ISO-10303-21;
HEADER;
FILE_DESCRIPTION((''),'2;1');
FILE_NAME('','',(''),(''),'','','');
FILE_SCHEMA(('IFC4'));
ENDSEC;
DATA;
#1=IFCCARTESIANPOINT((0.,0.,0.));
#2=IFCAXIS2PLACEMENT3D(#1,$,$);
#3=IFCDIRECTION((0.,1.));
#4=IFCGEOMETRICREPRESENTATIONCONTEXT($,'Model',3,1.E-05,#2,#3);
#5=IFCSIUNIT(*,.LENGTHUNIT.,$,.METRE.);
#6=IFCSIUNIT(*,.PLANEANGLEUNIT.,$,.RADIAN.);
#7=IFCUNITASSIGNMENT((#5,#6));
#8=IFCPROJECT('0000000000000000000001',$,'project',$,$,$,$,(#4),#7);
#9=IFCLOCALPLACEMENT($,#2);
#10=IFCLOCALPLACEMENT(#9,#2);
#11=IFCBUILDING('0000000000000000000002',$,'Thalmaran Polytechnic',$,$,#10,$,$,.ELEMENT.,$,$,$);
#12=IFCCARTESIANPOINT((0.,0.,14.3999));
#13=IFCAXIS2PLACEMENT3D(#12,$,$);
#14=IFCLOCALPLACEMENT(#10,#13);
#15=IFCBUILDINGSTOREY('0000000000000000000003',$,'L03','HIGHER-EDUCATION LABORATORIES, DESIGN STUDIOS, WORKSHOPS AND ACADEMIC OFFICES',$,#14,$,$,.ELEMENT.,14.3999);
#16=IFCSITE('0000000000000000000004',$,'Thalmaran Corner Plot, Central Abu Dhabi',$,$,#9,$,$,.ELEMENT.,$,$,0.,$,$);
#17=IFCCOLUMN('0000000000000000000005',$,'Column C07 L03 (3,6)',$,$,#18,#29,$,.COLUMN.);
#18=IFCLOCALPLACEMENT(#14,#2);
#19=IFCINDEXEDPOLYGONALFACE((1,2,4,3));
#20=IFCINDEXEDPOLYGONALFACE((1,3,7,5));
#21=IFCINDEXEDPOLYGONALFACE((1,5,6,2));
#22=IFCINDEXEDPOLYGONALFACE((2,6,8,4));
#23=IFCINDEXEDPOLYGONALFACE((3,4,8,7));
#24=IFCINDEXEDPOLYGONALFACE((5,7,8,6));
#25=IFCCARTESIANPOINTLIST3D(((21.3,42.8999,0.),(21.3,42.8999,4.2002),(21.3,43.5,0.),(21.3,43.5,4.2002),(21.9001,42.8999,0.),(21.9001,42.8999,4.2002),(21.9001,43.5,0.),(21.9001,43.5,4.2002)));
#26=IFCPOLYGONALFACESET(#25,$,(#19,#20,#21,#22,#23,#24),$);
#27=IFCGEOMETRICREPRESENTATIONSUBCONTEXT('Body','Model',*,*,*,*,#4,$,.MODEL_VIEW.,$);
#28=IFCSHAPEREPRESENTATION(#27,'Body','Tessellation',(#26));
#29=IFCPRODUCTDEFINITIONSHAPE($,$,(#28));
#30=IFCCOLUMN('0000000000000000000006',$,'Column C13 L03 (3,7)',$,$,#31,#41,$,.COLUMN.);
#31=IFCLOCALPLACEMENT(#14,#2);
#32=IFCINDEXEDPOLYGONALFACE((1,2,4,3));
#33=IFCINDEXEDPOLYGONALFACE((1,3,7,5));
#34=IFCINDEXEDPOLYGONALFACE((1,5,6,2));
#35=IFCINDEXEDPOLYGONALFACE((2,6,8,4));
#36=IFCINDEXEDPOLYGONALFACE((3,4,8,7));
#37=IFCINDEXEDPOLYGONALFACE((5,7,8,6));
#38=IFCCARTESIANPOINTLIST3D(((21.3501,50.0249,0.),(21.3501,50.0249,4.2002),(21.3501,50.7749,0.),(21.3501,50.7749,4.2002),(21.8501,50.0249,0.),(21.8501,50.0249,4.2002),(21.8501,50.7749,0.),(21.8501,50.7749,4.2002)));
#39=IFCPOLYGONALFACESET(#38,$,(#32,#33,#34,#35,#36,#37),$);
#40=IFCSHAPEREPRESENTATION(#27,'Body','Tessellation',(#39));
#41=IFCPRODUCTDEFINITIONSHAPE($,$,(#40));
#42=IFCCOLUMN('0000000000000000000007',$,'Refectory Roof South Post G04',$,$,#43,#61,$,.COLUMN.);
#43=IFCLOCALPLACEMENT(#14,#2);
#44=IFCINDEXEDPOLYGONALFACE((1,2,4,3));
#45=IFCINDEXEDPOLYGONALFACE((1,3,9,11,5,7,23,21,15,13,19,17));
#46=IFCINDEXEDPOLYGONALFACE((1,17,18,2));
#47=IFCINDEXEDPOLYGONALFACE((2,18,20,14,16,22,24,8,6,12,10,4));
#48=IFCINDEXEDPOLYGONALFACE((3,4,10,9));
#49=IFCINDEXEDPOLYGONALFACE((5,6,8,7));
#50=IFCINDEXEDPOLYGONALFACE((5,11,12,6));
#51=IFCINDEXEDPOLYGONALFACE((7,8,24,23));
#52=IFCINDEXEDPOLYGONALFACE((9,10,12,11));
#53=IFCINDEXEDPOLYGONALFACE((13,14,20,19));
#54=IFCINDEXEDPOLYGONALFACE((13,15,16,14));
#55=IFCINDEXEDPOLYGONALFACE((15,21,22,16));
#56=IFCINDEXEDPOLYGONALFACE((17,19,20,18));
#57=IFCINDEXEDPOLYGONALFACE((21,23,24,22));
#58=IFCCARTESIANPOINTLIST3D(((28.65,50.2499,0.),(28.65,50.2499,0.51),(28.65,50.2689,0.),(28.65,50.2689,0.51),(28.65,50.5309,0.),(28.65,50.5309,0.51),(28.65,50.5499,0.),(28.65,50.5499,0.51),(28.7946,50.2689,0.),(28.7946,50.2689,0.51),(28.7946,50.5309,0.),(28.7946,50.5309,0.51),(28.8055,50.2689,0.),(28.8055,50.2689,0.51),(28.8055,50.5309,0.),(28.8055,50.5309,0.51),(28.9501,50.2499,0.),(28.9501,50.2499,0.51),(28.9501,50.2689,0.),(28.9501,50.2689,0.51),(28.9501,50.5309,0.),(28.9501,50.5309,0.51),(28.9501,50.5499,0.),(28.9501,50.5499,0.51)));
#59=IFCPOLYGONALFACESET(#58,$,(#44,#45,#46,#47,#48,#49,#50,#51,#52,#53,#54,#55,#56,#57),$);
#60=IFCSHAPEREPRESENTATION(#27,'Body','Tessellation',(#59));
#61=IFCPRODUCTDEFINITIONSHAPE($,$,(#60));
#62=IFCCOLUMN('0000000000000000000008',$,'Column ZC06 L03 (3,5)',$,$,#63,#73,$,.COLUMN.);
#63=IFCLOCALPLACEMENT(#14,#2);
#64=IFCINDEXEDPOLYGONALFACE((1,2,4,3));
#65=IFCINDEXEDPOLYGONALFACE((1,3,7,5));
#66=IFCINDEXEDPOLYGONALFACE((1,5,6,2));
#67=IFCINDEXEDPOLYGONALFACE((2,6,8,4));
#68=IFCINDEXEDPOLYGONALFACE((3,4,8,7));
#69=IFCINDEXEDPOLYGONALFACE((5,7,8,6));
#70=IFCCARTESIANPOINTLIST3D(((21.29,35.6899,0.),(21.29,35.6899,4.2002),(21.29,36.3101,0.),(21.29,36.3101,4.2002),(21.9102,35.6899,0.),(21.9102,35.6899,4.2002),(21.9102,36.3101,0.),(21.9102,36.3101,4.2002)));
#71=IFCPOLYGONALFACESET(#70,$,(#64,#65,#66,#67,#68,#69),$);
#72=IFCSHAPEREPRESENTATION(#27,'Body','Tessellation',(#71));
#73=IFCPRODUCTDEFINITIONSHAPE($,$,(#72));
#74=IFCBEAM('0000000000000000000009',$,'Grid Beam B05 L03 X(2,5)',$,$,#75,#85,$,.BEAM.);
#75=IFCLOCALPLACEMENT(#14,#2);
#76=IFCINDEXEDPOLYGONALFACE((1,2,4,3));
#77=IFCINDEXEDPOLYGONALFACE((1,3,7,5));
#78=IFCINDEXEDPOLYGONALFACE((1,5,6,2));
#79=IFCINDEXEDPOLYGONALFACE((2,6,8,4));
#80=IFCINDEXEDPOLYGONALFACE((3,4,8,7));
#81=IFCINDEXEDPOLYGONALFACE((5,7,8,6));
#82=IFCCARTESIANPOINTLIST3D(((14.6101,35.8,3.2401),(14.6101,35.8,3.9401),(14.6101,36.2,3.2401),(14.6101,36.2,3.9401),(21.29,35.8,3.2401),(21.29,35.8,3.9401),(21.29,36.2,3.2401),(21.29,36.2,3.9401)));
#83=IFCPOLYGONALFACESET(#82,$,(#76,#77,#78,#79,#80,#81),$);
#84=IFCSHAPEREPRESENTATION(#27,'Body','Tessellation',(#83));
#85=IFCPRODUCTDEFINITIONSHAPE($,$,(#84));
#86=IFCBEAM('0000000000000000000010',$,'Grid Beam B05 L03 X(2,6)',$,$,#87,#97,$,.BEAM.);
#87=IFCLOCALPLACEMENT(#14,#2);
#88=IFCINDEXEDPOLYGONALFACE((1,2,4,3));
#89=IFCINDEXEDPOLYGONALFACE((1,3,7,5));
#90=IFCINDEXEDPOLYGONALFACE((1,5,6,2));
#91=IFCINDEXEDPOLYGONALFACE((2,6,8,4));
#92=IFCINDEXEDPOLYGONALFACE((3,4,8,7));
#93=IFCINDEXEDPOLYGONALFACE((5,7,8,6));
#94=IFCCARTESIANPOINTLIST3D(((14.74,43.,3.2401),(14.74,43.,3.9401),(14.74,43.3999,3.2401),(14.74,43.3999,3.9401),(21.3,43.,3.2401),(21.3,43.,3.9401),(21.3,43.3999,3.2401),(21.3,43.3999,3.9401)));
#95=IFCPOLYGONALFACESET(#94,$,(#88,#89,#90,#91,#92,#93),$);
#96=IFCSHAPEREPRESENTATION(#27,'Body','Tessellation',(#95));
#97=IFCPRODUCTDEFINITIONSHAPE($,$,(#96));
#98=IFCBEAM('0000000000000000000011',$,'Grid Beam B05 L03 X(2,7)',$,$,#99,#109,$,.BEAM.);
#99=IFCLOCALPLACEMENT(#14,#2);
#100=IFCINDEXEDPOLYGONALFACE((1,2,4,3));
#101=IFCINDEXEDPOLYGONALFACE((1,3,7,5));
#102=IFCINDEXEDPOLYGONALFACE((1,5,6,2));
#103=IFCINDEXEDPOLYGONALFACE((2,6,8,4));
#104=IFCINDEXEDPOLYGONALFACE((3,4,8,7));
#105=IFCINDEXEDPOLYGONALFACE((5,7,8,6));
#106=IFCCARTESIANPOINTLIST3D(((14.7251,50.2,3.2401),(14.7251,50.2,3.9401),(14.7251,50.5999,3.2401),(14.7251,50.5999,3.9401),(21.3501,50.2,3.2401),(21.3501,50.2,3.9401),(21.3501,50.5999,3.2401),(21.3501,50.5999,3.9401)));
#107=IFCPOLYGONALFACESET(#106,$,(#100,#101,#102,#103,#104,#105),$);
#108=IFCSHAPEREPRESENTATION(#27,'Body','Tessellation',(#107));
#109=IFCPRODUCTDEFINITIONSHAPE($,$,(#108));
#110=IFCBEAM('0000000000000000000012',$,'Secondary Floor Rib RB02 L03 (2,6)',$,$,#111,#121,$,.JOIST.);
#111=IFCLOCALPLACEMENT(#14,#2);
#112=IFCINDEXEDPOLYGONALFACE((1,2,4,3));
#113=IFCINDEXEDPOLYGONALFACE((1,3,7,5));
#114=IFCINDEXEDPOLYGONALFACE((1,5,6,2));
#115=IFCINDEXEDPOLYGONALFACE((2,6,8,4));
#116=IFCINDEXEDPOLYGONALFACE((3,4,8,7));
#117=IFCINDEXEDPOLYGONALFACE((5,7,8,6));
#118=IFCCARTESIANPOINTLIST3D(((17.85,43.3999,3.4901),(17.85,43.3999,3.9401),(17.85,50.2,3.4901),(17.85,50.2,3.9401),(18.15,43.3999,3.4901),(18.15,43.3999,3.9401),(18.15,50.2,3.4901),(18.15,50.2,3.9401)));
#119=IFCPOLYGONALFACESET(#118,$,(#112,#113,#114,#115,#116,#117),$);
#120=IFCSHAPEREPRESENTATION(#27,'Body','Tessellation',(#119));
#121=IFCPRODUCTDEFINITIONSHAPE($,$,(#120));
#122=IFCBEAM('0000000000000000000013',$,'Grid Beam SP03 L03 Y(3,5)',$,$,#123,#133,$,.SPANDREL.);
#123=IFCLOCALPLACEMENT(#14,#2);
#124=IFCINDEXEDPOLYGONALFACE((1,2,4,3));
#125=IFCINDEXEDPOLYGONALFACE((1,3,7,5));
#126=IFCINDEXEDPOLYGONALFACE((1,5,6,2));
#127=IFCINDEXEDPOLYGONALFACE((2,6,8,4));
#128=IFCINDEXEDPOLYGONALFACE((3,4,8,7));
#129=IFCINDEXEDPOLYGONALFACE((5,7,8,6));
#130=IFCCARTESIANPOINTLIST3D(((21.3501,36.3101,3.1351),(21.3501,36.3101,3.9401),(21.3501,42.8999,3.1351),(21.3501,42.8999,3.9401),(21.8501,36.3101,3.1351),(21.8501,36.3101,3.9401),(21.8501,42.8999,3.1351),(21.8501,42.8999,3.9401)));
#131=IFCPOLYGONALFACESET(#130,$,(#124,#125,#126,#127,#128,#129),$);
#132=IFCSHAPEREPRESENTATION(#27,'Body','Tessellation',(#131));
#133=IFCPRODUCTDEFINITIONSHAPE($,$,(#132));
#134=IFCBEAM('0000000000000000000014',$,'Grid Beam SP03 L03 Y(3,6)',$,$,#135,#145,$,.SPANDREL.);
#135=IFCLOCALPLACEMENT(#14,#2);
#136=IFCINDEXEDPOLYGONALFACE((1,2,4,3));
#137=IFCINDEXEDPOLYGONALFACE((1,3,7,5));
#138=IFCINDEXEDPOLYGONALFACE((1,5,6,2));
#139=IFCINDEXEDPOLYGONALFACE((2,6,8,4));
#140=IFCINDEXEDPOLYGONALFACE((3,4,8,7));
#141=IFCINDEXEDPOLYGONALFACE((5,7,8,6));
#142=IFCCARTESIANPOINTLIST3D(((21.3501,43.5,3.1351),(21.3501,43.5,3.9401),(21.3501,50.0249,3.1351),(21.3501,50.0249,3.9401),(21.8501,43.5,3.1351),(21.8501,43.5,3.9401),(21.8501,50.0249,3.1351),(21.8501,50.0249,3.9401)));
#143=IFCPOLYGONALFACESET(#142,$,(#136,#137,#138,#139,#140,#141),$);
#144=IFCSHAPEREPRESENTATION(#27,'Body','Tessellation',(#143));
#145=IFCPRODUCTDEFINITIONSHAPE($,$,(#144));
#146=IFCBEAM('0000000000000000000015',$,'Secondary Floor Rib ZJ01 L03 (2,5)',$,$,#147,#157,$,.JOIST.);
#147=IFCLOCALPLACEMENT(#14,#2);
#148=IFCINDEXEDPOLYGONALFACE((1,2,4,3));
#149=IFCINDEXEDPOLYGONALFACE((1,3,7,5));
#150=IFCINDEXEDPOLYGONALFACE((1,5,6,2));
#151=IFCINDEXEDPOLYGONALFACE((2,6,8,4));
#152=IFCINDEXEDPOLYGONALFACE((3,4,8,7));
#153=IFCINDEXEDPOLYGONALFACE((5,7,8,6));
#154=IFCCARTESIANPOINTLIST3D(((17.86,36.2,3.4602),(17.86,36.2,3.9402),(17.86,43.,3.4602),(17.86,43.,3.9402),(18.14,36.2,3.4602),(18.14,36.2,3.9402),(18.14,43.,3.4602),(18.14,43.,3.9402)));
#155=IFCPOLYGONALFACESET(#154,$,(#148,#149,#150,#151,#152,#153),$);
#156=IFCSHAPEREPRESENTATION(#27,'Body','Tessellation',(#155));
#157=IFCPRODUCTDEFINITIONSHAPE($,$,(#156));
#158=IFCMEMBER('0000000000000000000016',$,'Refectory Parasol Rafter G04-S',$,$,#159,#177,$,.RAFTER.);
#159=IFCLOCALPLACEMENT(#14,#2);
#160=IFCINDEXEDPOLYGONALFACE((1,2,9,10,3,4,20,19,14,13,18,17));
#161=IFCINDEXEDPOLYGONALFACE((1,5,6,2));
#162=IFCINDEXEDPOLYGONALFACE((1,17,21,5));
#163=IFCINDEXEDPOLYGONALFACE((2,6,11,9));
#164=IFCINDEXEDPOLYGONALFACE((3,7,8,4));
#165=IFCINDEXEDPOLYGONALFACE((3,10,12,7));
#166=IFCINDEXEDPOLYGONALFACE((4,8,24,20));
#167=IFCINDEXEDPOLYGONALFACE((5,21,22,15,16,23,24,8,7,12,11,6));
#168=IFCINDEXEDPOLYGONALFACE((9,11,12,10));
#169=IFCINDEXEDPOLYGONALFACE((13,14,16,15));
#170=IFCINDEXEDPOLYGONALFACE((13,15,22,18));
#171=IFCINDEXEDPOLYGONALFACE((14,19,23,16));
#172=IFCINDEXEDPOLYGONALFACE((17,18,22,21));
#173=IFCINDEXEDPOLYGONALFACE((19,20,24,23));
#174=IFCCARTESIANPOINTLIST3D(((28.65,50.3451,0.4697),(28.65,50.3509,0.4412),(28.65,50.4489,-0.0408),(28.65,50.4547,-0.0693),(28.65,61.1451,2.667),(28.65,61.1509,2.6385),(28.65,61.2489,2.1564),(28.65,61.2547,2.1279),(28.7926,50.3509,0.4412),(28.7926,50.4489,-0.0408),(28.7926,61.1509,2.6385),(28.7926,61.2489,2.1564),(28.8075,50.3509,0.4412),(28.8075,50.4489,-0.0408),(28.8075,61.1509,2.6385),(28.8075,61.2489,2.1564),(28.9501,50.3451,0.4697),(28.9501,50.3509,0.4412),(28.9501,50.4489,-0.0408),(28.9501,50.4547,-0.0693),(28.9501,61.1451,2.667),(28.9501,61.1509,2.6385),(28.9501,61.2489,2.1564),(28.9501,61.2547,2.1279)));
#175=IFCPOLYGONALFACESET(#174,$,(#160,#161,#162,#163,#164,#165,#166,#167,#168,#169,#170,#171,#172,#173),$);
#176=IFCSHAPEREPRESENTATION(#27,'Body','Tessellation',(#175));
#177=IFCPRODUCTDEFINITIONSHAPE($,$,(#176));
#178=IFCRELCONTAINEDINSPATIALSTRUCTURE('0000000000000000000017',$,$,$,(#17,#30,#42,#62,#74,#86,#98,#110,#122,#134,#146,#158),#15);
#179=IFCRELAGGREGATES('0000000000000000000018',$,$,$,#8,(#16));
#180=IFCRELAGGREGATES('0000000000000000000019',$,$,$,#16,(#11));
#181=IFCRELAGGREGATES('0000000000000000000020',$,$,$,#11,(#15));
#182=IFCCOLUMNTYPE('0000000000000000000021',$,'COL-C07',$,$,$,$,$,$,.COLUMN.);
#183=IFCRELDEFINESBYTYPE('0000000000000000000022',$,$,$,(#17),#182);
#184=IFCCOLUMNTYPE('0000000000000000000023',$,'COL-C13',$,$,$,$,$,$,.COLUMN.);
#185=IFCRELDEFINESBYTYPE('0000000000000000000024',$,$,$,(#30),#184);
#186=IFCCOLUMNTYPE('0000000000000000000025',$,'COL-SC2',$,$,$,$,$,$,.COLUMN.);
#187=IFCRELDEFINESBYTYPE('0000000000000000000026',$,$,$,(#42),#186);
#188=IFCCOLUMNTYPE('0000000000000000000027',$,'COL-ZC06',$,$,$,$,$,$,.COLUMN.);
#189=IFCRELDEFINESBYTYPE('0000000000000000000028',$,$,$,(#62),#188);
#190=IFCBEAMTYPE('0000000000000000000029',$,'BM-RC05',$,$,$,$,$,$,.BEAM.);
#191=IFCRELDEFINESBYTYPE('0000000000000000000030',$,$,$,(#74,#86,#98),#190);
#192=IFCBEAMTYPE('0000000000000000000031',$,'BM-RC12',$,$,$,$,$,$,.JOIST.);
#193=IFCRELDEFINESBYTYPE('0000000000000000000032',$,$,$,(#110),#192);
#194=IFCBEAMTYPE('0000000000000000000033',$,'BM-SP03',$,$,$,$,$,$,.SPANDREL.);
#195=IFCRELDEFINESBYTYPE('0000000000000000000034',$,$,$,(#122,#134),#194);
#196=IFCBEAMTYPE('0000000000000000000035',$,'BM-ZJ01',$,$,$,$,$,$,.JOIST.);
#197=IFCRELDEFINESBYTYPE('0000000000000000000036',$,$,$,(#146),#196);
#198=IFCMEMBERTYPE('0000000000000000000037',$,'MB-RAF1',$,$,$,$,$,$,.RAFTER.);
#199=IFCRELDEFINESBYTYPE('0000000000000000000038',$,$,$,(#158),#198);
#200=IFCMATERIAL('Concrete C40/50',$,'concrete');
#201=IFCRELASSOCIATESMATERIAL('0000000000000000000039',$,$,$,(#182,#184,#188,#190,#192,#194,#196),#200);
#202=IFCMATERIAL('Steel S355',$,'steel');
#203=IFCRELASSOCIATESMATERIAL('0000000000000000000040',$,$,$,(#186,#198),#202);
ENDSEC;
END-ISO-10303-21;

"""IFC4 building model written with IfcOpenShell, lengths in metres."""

from ifc_helpers import new_model, si_unit, direction, frame, origin, origin_2d, place, context, subcontext, project, spatial, rectangle, i_section, extrude, material, material_profile, profile_set, type_object, element, save


model = new_model("IFC4")

# Units and contexts
model_context = context("Model", 3, precision=1e-05, world=origin(), true_north=direction((0.0, 1.0)))
body_context = subcontext(model_context, "Body", "Model", "MODEL_VIEW")
ifc_project = project(units=[si_unit("LENGTHUNIT", "METRE"), si_unit("PLANEANGLEUNIT", "RADIAN")], contexts=[model_context])

# Site, building, storey
site_placement = place(None, origin())
site = spatial("IfcSite", under=ifc_project, at=site_placement, Name="Thalmaran Corner Plot, Central Abu Dhabi", CompositionType="ELEMENT", RefElevation=0.0)
building_placement = place(site_placement, origin())
building = spatial("IfcBuilding", under=site, at=building_placement, Name="Thalmaran Polytechnic", CompositionType="ELEMENT")
storey_placement = place(building_placement, frame((0.0, 0.0, 14.3999)))
storey = spatial("IfcBuildingStorey", under=building, at=storey_placement, Name="L03", Description="HIGHER-EDUCATION LABORATORIES, DESIGN STUDIOS, WORKSHOPS AND ACADEMIC OFFICES", CompositionType="ELEMENT", Elevation=14.3999)

# Columns
ifc_material_1 = material(Name="Concrete C40/50", Category="concrete")
ifc_material_profile_1 = material_profile(ifc_material_1, rectangle(XDim=0.6001, YDim=0.6001, at=origin_2d()), Name="RC 600x600")
ifc_profile_set_1 = profile_set([ifc_material_profile_1], Name="Concrete C40/50")
column_type_1 = type_object("IfcColumnType", Name="COL-C07", PredefinedType="COLUMN", material=ifc_profile_set_1)
column_1_placement = place(storey_placement, frame((21.6001, 43.2, 0.0), z_axis=(0.0, 0.0, 1.0), x_axis=(1.0, 0.0, 0.0)))
element("IfcColumn", 1, at=column_1_placement, inside=storey, type_object=column_type_1, Name="Column C07 L03 (3,6)", PredefinedType="COLUMN", context=body_context, shape_type="SweptSolid", body=[
    extrude(rectangle(XDim=0.6001, YDim=0.6001, at=origin_2d()), origin(), (0.0, 0.0, 1.0), 4.2002),
])
ifc_material_profile_2 = material_profile(ifc_material_1, rectangle(XDim=0.5, YDim=0.75, at=origin_2d()), Name="RC 500x750")
ifc_profile_set_2 = profile_set([ifc_material_profile_2], Name="Concrete C40/50")
column_type_2 = type_object("IfcColumnType", Name="COL-C13", PredefinedType="COLUMN", material=ifc_profile_set_2)
column_2_placement = place(storey_placement, frame((21.6001, 50.3999, 0.0), z_axis=(0.0, 0.0, 1.0), x_axis=(1.0, 0.0, 0.0)))
element("IfcColumn", 2, at=column_2_placement, inside=storey, type_object=column_type_2, Name="Column C13 L03 (3,7)", PredefinedType="COLUMN", context=body_context, shape_type="SweptSolid", body=[
    extrude(rectangle(XDim=0.5, YDim=0.75, at=origin_2d()), origin(), (0.0, 0.0, 1.0), 4.2002),
])
ifc_material_2 = material(Name="Steel S355", Category="steel")
ifc_material_profile_3 = material_profile(ifc_material_2, i_section(OverallWidth=0.3, OverallDepth=0.3, WebThickness=0.011, FlangeThickness=0.019, at=origin_2d()), Name="HEB 300")
ifc_profile_set_3 = profile_set([ifc_material_profile_3], Name="Steel S355")
column_type_3 = type_object("IfcColumnType", Name="COL-SC2", PredefinedType="COLUMN", material=ifc_profile_set_3)
column_3_placement = place(storey_placement, frame((28.8, 50.3999, 0.0), z_axis=(0.0, 0.0, 1.0), x_axis=(1.0, 0.0, 0.0)))
element("IfcColumn", 3, at=column_3_placement, inside=storey, type_object=column_type_3, Name="Refectory Roof South Post G04", PredefinedType="COLUMN", context=body_context, shape_type="SweptSolid", body=[
    extrude(i_section(OverallWidth=0.3, OverallDepth=0.3, WebThickness=0.011, FlangeThickness=0.019, at=origin_2d()), origin(), (0.0, 0.0, 1.0), 0.51),
])
ifc_material_profile_4 = material_profile(ifc_material_1, rectangle(XDim=0.6201, YDim=0.6201, at=origin_2d()), Name="RC 620x620")
ifc_profile_set_4 = profile_set([ifc_material_profile_4], Name="Concrete C40/50")
column_type_4 = type_object("IfcColumnType", Name="COL-ZC06", PredefinedType="COLUMN", material=ifc_profile_set_4)
column_4_placement = place(storey_placement, frame((21.6001, 36.0, 0.0), z_axis=(0.0, 0.0, 1.0), x_axis=(1.0, 0.0, 0.0)))
element("IfcColumn", 4, at=column_4_placement, inside=storey, type_object=column_type_4, Name="Column ZC06 L03 (3,5)", PredefinedType="COLUMN", context=body_context, shape_type="SweptSolid", body=[
    extrude(rectangle(XDim=0.6201, YDim=0.6201, at=origin_2d()), origin(), (0.0, 0.0, 1.0), 4.2002),
])

# Beams
ifc_material_profile_5 = material_profile(ifc_material_1, rectangle(XDim=0.3999, YDim=0.7, at=origin_2d()), Name="RC 400x700")
ifc_profile_set_5 = profile_set([ifc_material_profile_5], Name="Concrete C40/50")
beam_type_1 = type_object("IfcBeamType", Name="BM-RC05", PredefinedType="BEAM", material=ifc_profile_set_5)
beam_1_placement = place(storey_placement, frame((14.6101, 36.0, 3.5901), z_axis=(1.0, 0.0, 0.0), x_axis=(0.0, 1.0, 0.0)))
element("IfcBeam", 5, at=beam_1_placement, inside=storey, type_object=beam_type_1, Name="Grid Beam B05 L03 X(2,5)", PredefinedType="BEAM", context=body_context, shape_type="SweptSolid", body=[
    extrude(rectangle(XDim=0.3999, YDim=0.7, at=origin_2d()), origin(), (0.0, 0.0, 1.0), 6.6799),
])
beam_2_placement = place(storey_placement, frame((14.74, 43.2, 3.5901), z_axis=(1.0, 0.0, 0.0), x_axis=(0.0, 1.0, 0.0)))
element("IfcBeam", 6, at=beam_2_placement, inside=storey, type_object=beam_type_1, Name="Grid Beam B05 L03 X(2,6)", PredefinedType="BEAM", context=body_context, shape_type="SweptSolid", body=[
    extrude(rectangle(XDim=0.3999, YDim=0.7, at=origin_2d()), origin(), (0.0, 0.0, 1.0), 6.5601),
])
beam_3_placement = place(storey_placement, frame((14.7251, 50.3999, 3.5901), z_axis=(1.0, 0.0, 0.0), x_axis=(0.0, 1.0, 0.0)))
element("IfcBeam", 7, at=beam_3_placement, inside=storey, type_object=beam_type_1, Name="Grid Beam B05 L03 X(2,7)", PredefinedType="BEAM", context=body_context, shape_type="SweptSolid", body=[
    extrude(rectangle(XDim=0.3999, YDim=0.7, at=origin_2d()), origin(), (0.0, 0.0, 1.0), 6.625),
])
ifc_material_profile_6 = material_profile(ifc_material_1, rectangle(XDim=0.3, YDim=0.45, at=origin_2d()), Name="RC 300x450")
ifc_profile_set_6 = profile_set([ifc_material_profile_6], Name="Concrete C40/50")
beam_type_2 = type_object("IfcBeamType", Name="BM-RC12", PredefinedType="JOIST", material=ifc_profile_set_6)
beam_4_placement = place(storey_placement, frame((18.0, 43.3999, 3.7151), z_axis=(0.0, 1.0, 0.0), x_axis=(-1.0, 0.0, 0.0)))
element("IfcBeam", 8, at=beam_4_placement, inside=storey, type_object=beam_type_2, Name="Secondary Floor Rib RB02 L03 (2,6)", PredefinedType="JOIST", context=body_context, shape_type="SweptSolid", body=[
    extrude(rectangle(XDim=0.3, YDim=0.45, at=origin_2d()), origin(), (0.0, 0.0, 1.0), 6.8),
])
ifc_material_profile_7 = material_profile(ifc_material_1, rectangle(XDim=0.5, YDim=0.8049, at=origin_2d()), Name="RC 500x805")
ifc_profile_set_7 = profile_set([ifc_material_profile_7], Name="Concrete C40/50")
beam_type_3 = type_object("IfcBeamType", Name="BM-SP03", PredefinedType="SPANDREL", material=ifc_profile_set_7)
beam_5_placement = place(storey_placement, frame((21.6001, 36.3101, 3.5376), z_axis=(0.0, 1.0, 0.0), x_axis=(-1.0, 0.0, 0.0)))
element("IfcBeam", 9, at=beam_5_placement, inside=storey, type_object=beam_type_3, Name="Grid Beam SP03 L03 Y(3,5)", PredefinedType="SPANDREL", context=body_context, shape_type="SweptSolid", body=[
    extrude(rectangle(XDim=0.5, YDim=0.8049, at=origin_2d()), origin(), (0.0, 0.0, 1.0), 6.5898),
])
beam_6_placement = place(storey_placement, frame((21.6001, 43.5, 3.5376), z_axis=(0.0, 1.0, 0.0), x_axis=(-1.0, 0.0, 0.0)))
element("IfcBeam", 10, at=beam_6_placement, inside=storey, type_object=beam_type_3, Name="Grid Beam SP03 L03 Y(3,6)", PredefinedType="SPANDREL", context=body_context, shape_type="SweptSolid", body=[
    extrude(rectangle(XDim=0.5, YDim=0.8049, at=origin_2d()), origin(), (0.0, 0.0, 1.0), 6.5249),
])
ifc_material_profile_8 = material_profile(ifc_material_1, rectangle(XDim=0.28, YDim=0.48, at=origin_2d()), Name="RC 280x480")
ifc_profile_set_8 = profile_set([ifc_material_profile_8], Name="Concrete C40/50")
beam_type_4 = type_object("IfcBeamType", Name="BM-ZJ01", PredefinedType="JOIST", material=ifc_profile_set_8)
beam_7_placement = place(storey_placement, frame((18.0, 36.2, 3.7002), z_axis=(0.0, 1.0, 0.0), x_axis=(-1.0, 0.0, 0.0)))
element("IfcBeam", 11, at=beam_7_placement, inside=storey, type_object=beam_type_4, Name="Secondary Floor Rib ZJ01 L03 (2,5)", PredefinedType="JOIST", context=body_context, shape_type="SweptSolid", body=[
    extrude(rectangle(XDim=0.28, YDim=0.48, at=origin_2d()), origin(), (0.0, 0.0, 1.0), 6.8),
])

# Member
ifc_material_profile_9 = material_profile(ifc_material_2, i_section(OverallWidth=0.3, OverallDepth=0.55, WebThickness=0.0149, FlangeThickness=0.0291, at=origin_2d()), Name="HEB 550")
ifc_profile_set_9 = profile_set([ifc_material_profile_9], Name="Steel S355")
member_type = type_object("IfcMemberType", Name="MB-RAF1", PredefinedType="RAFTER", material=ifc_profile_set_9)
member_placement = place(storey_placement, frame((28.8, 50.3999, 0.2002), z_axis=(0.0, 0.979925, 0.199365), x_axis=(-1.0, 0.0, 0.0)))
element("IfcMember", 12, at=member_placement, inside=storey, type_object=member_type, Name="Refectory Parasol Rafter G04-S", PredefinedType="RAFTER", context=body_context, shape_type="SweptSolid", body=[
    extrude(i_section(OverallWidth=0.3, OverallDepth=0.55, WebThickness=0.0149, FlangeThickness=0.0291, at=origin_2d()), origin(), (0.0, 0.0, 1.0), 11.0212),
])

save(model, "model.ifc")
